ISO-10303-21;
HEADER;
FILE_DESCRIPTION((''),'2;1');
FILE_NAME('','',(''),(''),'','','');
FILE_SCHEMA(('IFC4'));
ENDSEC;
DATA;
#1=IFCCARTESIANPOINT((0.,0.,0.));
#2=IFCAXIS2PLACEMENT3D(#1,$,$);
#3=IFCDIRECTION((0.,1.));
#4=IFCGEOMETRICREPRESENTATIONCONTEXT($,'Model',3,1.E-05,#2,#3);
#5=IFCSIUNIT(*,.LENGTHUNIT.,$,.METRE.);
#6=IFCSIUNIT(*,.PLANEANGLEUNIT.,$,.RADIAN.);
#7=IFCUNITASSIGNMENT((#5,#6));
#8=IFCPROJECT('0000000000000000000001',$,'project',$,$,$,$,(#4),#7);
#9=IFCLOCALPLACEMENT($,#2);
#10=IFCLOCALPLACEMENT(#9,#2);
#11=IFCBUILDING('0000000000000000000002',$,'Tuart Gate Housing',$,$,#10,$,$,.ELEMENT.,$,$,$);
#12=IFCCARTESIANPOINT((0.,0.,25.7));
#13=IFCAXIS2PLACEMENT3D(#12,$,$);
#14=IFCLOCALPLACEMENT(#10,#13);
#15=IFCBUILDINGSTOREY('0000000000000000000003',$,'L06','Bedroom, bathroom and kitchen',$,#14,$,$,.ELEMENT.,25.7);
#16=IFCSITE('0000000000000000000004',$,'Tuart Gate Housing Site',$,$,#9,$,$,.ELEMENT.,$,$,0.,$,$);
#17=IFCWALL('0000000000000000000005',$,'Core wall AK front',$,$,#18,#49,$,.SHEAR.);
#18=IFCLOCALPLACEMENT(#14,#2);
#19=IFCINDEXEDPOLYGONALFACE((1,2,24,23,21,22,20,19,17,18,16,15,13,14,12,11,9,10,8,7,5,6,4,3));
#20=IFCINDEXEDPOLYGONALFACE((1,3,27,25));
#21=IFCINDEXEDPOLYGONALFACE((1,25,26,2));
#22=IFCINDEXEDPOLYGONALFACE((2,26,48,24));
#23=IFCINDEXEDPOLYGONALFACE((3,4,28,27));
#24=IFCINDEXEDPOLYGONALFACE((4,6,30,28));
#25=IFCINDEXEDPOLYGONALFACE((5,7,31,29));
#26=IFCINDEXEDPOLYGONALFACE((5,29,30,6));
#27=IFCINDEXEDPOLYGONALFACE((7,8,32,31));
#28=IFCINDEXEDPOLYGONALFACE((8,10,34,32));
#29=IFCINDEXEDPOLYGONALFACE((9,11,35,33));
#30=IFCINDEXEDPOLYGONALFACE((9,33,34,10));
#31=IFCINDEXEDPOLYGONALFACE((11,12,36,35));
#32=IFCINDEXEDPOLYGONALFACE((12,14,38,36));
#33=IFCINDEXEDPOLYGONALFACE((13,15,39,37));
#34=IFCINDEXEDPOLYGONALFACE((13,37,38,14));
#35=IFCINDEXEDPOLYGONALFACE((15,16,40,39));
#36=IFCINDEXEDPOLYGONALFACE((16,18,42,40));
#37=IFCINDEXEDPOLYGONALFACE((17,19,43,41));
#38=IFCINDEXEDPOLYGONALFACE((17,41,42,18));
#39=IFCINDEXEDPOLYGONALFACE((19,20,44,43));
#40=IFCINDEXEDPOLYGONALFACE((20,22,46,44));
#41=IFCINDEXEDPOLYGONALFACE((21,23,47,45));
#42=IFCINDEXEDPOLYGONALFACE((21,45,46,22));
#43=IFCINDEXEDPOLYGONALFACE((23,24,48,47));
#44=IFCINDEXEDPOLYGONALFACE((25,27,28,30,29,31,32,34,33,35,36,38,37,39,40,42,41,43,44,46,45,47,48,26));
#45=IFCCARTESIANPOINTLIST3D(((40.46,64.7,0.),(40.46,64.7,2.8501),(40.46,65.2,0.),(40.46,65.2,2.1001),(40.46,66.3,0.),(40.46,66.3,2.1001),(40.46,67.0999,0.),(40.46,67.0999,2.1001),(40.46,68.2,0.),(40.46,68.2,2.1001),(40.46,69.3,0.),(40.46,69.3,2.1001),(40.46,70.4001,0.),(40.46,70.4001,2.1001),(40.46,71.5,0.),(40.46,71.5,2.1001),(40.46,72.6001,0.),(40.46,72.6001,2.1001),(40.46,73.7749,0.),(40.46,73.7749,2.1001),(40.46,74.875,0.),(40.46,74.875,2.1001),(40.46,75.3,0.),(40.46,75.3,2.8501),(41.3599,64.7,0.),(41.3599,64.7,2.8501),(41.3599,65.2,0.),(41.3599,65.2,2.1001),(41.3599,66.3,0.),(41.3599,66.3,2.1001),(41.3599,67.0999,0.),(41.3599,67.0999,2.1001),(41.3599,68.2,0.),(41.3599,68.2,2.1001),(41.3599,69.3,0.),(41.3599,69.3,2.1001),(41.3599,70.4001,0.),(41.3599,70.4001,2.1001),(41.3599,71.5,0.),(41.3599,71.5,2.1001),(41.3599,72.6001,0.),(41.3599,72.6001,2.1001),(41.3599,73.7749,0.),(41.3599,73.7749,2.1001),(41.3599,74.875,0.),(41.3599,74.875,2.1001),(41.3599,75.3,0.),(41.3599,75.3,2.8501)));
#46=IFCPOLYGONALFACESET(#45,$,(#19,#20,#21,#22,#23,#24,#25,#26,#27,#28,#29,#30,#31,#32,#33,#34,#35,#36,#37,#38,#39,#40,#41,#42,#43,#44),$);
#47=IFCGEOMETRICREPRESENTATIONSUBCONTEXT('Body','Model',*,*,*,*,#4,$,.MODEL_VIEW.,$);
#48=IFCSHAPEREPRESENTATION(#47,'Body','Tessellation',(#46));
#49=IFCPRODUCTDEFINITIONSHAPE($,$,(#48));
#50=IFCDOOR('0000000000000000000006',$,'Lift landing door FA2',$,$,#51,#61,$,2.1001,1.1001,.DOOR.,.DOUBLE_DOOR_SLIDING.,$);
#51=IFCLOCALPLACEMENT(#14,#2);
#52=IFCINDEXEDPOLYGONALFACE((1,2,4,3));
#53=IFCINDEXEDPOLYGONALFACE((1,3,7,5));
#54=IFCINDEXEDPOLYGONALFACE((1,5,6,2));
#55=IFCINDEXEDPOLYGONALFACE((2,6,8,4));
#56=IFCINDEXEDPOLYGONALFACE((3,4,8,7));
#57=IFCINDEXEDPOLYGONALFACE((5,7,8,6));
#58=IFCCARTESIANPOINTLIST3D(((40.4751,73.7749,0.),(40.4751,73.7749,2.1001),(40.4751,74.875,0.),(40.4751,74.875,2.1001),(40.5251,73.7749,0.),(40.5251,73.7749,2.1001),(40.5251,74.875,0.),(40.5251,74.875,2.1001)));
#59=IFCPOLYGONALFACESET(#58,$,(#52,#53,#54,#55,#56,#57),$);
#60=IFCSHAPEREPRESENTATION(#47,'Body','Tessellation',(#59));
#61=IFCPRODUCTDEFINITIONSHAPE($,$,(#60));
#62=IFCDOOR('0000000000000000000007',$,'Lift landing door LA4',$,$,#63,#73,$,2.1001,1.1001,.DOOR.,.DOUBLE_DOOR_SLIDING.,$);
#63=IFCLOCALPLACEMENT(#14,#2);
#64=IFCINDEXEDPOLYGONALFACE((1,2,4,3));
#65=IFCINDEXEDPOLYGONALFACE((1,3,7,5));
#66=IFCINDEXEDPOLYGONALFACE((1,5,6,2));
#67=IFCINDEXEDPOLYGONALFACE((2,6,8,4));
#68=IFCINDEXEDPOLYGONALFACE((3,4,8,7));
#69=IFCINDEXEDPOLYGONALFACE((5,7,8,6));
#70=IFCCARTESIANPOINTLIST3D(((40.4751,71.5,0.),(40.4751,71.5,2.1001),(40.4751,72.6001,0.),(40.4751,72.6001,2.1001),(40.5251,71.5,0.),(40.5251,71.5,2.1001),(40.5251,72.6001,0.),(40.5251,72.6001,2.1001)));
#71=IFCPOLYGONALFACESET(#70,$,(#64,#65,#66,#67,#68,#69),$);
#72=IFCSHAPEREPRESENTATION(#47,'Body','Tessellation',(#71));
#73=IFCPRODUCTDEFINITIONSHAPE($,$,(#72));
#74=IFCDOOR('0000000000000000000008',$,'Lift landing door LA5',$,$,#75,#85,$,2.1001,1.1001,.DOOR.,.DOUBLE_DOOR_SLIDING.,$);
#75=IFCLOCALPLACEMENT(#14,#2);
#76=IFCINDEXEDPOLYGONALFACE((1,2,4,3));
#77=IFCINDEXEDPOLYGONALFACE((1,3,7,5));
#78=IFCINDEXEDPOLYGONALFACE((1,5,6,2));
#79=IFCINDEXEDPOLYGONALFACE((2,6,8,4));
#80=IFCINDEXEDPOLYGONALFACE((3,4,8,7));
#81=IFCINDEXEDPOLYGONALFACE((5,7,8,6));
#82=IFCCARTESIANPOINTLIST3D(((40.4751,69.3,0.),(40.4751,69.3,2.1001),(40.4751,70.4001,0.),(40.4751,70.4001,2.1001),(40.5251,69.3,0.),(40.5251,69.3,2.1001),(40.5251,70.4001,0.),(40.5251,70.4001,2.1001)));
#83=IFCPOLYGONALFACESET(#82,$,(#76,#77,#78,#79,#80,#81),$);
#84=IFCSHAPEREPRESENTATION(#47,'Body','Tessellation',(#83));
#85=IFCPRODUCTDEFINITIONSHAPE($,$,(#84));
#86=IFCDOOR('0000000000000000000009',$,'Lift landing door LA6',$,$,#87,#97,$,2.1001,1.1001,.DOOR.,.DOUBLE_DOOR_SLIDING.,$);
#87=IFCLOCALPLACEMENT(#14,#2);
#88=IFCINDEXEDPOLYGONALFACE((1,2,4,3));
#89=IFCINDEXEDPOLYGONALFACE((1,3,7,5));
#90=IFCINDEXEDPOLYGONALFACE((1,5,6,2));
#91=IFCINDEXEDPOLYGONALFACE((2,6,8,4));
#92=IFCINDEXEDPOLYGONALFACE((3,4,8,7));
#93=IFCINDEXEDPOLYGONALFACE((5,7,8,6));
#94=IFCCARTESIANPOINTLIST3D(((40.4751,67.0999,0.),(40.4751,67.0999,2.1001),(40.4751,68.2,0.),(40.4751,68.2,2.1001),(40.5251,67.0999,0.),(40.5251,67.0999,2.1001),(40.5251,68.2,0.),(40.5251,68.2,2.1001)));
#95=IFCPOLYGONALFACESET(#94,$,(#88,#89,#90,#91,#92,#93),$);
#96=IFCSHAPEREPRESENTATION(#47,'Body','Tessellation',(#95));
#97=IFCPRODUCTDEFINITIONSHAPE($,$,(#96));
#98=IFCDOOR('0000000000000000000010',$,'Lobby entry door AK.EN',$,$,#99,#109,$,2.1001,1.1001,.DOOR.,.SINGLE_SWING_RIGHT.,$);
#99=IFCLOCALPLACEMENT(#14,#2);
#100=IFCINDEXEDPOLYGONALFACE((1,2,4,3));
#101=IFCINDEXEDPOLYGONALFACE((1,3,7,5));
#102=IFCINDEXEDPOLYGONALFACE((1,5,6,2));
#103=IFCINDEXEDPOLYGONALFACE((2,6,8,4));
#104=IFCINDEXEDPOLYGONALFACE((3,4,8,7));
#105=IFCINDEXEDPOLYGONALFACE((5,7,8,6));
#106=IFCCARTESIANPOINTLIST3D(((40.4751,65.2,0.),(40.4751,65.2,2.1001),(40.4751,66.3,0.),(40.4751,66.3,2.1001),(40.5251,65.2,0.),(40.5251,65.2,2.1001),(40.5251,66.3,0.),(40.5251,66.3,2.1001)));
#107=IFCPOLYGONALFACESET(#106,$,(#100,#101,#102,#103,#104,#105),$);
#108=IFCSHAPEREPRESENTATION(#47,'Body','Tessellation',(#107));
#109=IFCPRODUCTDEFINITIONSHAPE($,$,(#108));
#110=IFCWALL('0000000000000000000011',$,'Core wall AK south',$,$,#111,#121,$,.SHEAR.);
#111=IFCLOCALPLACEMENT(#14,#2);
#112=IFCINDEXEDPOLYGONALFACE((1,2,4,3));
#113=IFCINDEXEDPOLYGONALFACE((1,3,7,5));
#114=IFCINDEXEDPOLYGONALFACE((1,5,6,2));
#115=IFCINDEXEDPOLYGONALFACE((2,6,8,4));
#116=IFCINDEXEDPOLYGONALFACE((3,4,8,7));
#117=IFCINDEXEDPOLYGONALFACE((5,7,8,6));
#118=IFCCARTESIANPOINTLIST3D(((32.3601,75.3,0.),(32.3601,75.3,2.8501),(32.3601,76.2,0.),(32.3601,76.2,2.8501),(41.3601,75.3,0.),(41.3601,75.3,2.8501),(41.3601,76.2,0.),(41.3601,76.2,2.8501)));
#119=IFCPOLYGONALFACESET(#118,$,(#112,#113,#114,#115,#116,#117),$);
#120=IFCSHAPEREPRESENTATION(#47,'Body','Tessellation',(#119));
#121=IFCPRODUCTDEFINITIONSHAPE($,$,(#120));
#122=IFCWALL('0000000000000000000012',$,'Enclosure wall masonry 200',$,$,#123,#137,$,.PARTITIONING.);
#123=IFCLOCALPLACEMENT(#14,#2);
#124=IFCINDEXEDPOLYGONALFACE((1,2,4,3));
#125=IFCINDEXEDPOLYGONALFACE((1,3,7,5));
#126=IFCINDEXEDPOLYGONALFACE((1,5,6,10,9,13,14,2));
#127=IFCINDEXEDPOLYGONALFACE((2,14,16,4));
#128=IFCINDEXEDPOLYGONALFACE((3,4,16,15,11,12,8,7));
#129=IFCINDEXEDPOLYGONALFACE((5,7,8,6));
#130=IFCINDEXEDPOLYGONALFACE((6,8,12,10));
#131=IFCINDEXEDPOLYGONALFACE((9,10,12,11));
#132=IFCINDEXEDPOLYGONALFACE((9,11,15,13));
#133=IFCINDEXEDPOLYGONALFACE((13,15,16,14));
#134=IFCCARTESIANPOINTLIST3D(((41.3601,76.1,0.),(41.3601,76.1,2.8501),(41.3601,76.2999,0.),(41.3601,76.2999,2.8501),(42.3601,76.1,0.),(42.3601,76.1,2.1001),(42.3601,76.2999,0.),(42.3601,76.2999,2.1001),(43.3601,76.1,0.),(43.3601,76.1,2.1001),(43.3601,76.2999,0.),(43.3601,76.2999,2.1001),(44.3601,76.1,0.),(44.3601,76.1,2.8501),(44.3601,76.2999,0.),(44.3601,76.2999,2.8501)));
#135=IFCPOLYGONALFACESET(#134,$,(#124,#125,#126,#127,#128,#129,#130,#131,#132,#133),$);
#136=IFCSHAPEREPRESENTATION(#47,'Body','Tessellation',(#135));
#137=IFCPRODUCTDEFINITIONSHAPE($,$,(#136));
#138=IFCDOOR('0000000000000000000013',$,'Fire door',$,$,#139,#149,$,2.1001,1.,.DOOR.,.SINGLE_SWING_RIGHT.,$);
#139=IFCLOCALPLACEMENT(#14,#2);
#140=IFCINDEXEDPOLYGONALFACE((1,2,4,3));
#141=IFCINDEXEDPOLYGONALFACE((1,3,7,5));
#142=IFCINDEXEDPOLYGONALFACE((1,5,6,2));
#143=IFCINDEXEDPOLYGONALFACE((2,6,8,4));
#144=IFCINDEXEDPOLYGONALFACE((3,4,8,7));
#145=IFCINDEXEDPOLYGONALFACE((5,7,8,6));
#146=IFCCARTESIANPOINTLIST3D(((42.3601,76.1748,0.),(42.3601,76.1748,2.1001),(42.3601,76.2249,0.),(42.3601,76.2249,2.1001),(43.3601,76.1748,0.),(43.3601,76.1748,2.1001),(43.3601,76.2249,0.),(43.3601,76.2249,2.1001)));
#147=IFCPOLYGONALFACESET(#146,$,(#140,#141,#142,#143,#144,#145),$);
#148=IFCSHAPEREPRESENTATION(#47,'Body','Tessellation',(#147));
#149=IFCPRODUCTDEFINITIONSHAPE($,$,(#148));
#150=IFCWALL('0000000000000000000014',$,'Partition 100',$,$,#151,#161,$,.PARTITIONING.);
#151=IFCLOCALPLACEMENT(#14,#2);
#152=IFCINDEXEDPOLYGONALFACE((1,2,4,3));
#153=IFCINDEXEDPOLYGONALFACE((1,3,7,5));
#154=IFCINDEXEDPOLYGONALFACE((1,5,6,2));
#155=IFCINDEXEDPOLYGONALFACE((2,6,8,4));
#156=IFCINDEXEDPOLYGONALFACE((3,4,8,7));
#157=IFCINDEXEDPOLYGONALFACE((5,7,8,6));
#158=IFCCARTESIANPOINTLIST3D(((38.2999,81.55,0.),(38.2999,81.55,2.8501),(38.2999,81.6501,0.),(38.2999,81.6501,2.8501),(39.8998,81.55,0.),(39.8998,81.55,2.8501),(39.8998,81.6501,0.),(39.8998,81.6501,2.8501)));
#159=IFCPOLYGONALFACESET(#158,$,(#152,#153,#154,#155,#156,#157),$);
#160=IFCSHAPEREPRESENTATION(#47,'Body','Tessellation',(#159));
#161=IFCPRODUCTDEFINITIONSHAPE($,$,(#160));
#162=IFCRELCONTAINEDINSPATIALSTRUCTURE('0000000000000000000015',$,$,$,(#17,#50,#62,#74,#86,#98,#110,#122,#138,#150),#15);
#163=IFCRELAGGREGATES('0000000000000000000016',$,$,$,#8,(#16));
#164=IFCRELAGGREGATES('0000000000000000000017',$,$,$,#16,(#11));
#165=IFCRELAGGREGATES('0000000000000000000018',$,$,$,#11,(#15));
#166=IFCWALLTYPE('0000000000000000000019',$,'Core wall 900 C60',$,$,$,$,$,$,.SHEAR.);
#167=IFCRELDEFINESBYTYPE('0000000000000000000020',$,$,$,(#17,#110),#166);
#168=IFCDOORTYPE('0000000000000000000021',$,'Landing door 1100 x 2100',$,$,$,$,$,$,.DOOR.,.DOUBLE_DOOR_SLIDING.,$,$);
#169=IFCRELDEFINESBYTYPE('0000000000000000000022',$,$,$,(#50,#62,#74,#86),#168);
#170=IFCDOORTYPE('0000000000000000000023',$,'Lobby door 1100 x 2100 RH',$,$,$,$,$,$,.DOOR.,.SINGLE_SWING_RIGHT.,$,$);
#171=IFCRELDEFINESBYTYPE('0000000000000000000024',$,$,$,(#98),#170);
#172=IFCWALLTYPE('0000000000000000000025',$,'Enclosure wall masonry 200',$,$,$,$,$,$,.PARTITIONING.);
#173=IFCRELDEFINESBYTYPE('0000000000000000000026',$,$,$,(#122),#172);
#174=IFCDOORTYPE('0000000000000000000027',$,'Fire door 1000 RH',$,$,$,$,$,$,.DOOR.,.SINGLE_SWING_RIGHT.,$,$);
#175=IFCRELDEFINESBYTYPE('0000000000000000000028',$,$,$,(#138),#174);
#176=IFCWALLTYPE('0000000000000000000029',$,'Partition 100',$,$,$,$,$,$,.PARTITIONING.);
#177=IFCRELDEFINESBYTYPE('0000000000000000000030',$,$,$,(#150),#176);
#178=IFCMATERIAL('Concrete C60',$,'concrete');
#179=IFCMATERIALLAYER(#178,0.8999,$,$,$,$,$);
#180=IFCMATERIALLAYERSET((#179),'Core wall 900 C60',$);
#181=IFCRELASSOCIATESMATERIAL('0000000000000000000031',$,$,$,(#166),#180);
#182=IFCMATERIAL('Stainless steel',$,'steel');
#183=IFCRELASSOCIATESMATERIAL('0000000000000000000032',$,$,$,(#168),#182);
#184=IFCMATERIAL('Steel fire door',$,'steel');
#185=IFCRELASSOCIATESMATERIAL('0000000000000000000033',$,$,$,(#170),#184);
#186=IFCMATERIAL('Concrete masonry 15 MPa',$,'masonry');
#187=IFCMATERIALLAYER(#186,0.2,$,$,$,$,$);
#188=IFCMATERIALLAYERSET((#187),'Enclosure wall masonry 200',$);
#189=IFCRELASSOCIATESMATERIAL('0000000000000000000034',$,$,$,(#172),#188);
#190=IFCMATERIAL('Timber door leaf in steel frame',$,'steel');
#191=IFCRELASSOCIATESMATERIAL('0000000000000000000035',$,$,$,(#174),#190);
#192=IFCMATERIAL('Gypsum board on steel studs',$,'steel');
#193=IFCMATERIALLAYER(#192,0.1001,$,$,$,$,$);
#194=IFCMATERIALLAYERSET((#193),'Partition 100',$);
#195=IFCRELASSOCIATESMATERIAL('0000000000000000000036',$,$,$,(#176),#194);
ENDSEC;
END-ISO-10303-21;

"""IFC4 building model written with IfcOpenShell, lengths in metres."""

from ifc_helpers import new_model, si_unit, direction, frame, frame_2d, origin, place, context, subcontext, project, spatial, rectangle, extrude, material, layer, layer_set, type_object, element, fill, save


model = new_model("IFC4")

# Units and contexts
model_context = context("Model", 3, precision=1e-05, world=origin(), true_north=direction((0.0, 1.0)))
body_context = subcontext(model_context, "Body", "Model", "MODEL_VIEW")
ifc_project = project(units=[si_unit("LENGTHUNIT", "METRE"), si_unit("PLANEANGLEUNIT", "RADIAN")], contexts=[model_context])

# Site, building, storey
site_placement = place(None, origin())
site = spatial("IfcSite", under=ifc_project, at=site_placement, Name="Tuart Gate Housing Site", CompositionType="ELEMENT", RefElevation=0.0)
building_placement = place(site_placement, origin())
building = spatial("IfcBuilding", under=site, at=building_placement, Name="Tuart Gate Housing", CompositionType="ELEMENT")
storey_placement = place(building_placement, frame((0.0, 0.0, 25.7)))
storey = spatial("IfcBuildingStorey", under=building, at=storey_placement, Name="L06", Description="Bedroom, bathroom and kitchen", CompositionType="ELEMENT", Elevation=25.7)

# Wall, openings, doors
ifc_material_1 = material(Name="Concrete C60", Category="concrete")
ifc_layer_1 = layer(ifc_material_1, 0.8999)
ifc_layer_set_1 = layer_set([ifc_layer_1], Name="Core wall 900 C60")
wall_type_1 = type_object("IfcWallType", Name="Core wall 900 C60", PredefinedType="SHEAR", material=ifc_layer_set_1)
wall_1_placement = place(storey_placement, frame((40.9099, 75.3, 0.0), z_axis=(0.0, 0.0, 1.0), x_axis=(0.0, -1.0, 0.0)))
wall_1 = element("IfcWall", 1, at=wall_1_placement, inside=storey, type_object=wall_type_1, Name="Core wall AK front", PredefinedType="SHEAR", context=body_context, shape_type="SweptSolid", body=[
    extrude(rectangle(XDim=10.6001, YDim=0.8999, at=frame_2d((5.3, 0.0))), origin(), (0.0, 0.0, 1.0), 2.8501),
])
opening_1_placement = place(wall_1_placement, frame((0.425, 0.0, 0.0)))
opening_1 = element("IfcOpeningElement", 2, at=opening_1_placement, cuts=wall_1, PredefinedType="OPENING", context=body_context, shape_type="SweptSolid", body=[
    extrude(rectangle(XDim=1.1001, YDim=2.1001, at=frame_2d((0.55, 1.05))), frame((0.0, 0.46, 0.0), z_axis=(0.0, -1.0, 0.0), x_axis=(1.0, 0.0, 0.0)), (0.0, 0.0, 1.0), 0.9199),
])
opening_2_placement = place(wall_1_placement, frame((2.7, 0.0, 0.0)))
opening_2 = element("IfcOpeningElement", 3, at=opening_2_placement, cuts=wall_1, PredefinedType="OPENING", context=body_context, shape_type="SweptSolid", body=[
    extrude(rectangle(XDim=1.1001, YDim=2.1001, at=frame_2d((0.55, 1.05))), frame((0.0, 0.46, 0.0), z_axis=(0.0, -1.0, 0.0), x_axis=(1.0, 0.0, 0.0)), (0.0, 0.0, 1.0), 0.9199),
])
opening_3_placement = place(wall_1_placement, frame((4.8999, 0.0, 0.0)))
opening_3 = element("IfcOpeningElement", 4, at=opening_3_placement, cuts=wall_1, PredefinedType="OPENING", context=body_context, shape_type="SweptSolid", body=[
    extrude(rectangle(XDim=1.1001, YDim=2.1001, at=frame_2d((0.55, 1.05))), frame((0.0, 0.46, 0.0), z_axis=(0.0, -1.0, 0.0), x_axis=(1.0, 0.0, 0.0)), (0.0, 0.0, 1.0), 0.9199),
])
opening_4_placement = place(wall_1_placement, frame((7.1001, 0.0, 0.0)))
opening_4 = element("IfcOpeningElement", 5, at=opening_4_placement, cuts=wall_1, PredefinedType="OPENING", context=body_context, shape_type="SweptSolid", body=[
    extrude(rectangle(XDim=1.1001, YDim=2.1001, at=frame_2d((0.55, 1.05))), frame((0.0, 0.46, 0.0), z_axis=(0.0, -1.0, 0.0), x_axis=(1.0, 0.0, 0.0)), (0.0, 0.0, 1.0), 0.9199),
])
opening_5_placement = place(wall_1_placement, frame((9.0, 0.0, 0.0)))
opening_5 = element("IfcOpeningElement", 6, at=opening_5_placement, cuts=wall_1, PredefinedType="OPENING", context=body_context, shape_type="SweptSolid", body=[
    extrude(rectangle(XDim=1.1001, YDim=2.1001, at=frame_2d((0.55, 1.05))), frame((0.0, 0.46, 0.0), z_axis=(0.0, -1.0, 0.0), x_axis=(1.0, 0.0, 0.0)), (0.0, 0.0, 1.0), 0.9199),
])
ifc_material_2 = material(Name="Stainless steel", Category="steel")
door_type_1 = type_object("IfcDoorType", Name="Landing door 1100 x 2100", OperationType="DOUBLE_DOOR_SLIDING", PredefinedType="DOOR", material=ifc_material_2)
door_1_placement = place(opening_1_placement, origin())
door_1 = element("IfcDoor", 7, at=door_1_placement, inside=storey, type_object=door_type_1, Name="Lift landing door FA2", OperationType="DOUBLE_DOOR_SLIDING", OverallHeight=2.1001, OverallWidth=1.1001, PredefinedType="DOOR", context=body_context, shape_type="SweptSolid", body=[
    extrude(rectangle(XDim=1.1001, YDim=2.1001, at=frame_2d((0.55, 1.05))), frame((0.0, -0.3848, 0.0), z_axis=(0.0, -1.0, 0.0), x_axis=(1.0, 0.0, 0.0)), (0.0, 0.0, 1.0), 0.05),
])
fill(opening_1, door_1)
door_2_placement = place(opening_2_placement, origin())
door_2 = element("IfcDoor", 8, at=door_2_placement, inside=storey, type_object=door_type_1, Name="Lift landing door LA4", OperationType="DOUBLE_DOOR_SLIDING", OverallHeight=2.1001, OverallWidth=1.1001, PredefinedType="DOOR", context=body_context, shape_type="SweptSolid", body=[
    extrude(rectangle(XDim=1.1001, YDim=2.1001, at=frame_2d((0.55, 1.05))), frame((0.0, -0.3848, 0.0), z_axis=(0.0, -1.0, 0.0), x_axis=(1.0, 0.0, 0.0)), (0.0, 0.0, 1.0), 0.05),
])
fill(opening_2, door_2)
door_3_placement = place(opening_3_placement, origin())
door_3 = element("IfcDoor", 9, at=door_3_placement, inside=storey, type_object=door_type_1, Name="Lift landing door LA5", OperationType="DOUBLE_DOOR_SLIDING", OverallHeight=2.1001, OverallWidth=1.1001, PredefinedType="DOOR", context=body_context, shape_type="SweptSolid", body=[
    extrude(rectangle(XDim=1.1001, YDim=2.1001, at=frame_2d((0.55, 1.05))), frame((0.0, -0.3848, 0.0), z_axis=(0.0, -1.0, 0.0), x_axis=(1.0, 0.0, 0.0)), (0.0, 0.0, 1.0), 0.05),
])
fill(opening_3, door_3)
door_4_placement = place(opening_4_placement, origin())
door_4 = element("IfcDoor", 10, at=door_4_placement, inside=storey, type_object=door_type_1, Name="Lift landing door LA6", OperationType="DOUBLE_DOOR_SLIDING", OverallHeight=2.1001, OverallWidth=1.1001, PredefinedType="DOOR", context=body_context, shape_type="SweptSolid", body=[
    extrude(rectangle(XDim=1.1001, YDim=2.1001, at=frame_2d((0.55, 1.05))), frame((0.0, -0.3848, 0.0), z_axis=(0.0, -1.0, 0.0), x_axis=(1.0, 0.0, 0.0)), (0.0, 0.0, 1.0), 0.05),
])
fill(opening_4, door_4)
ifc_material_3 = material(Name="Steel fire door", Category="steel")
door_type_2 = type_object("IfcDoorType", Name="Lobby door 1100 x 2100 RH", OperationType="SINGLE_SWING_RIGHT", PredefinedType="DOOR", material=ifc_material_3)
door_5_placement = place(opening_5_placement, frame((1.1001, 0.0, 0.0), z_axis=(0.0, 0.0, 1.0), x_axis=(-1.0, 0.0, 0.0)))
door_5 = element("IfcDoor", 11, at=door_5_placement, inside=storey, type_object=door_type_2, Name="Lobby entry door AK.EN", OperationType="SINGLE_SWING_RIGHT", OverallHeight=2.1001, OverallWidth=1.1001, PredefinedType="DOOR", context=body_context, shape_type="SweptSolid", body=[
    extrude(rectangle(XDim=1.1001, YDim=2.1001, at=frame_2d((0.55, 1.05))), frame((0.0, 0.4348, 0.0), z_axis=(0.0, -1.0, 0.0), x_axis=(1.0, 0.0, 0.0)), (0.0, 0.0, 1.0), 0.05),
])
fill(opening_5, door_5)

# Wall
wall_2_placement = place(storey_placement, frame((41.3601, 75.75, 0.0), z_axis=(0.0, 0.0, 1.0), x_axis=(-1.0, 0.0, 0.0)))
element("IfcWall", 12, at=wall_2_placement, inside=storey, type_object=wall_type_1, Name="Core wall AK south", PredefinedType="SHEAR", context=body_context, shape_type="SweptSolid", body=[
    extrude(rectangle(XDim=9.0, YDim=0.8999, at=frame_2d((4.5, 0.0))), origin(), (0.0, 0.0, 1.0), 2.8501),
])

# Wall, opening, door
ifc_material_4 = material(Name="Concrete masonry 15 MPa", Category="masonry")
ifc_layer_2 = layer(ifc_material_4, 0.2)
ifc_layer_set_2 = layer_set([ifc_layer_2], Name="Enclosure wall masonry 200")
wall_type_2 = type_object("IfcWallType", Name="Enclosure wall masonry 200", PredefinedType="PARTITIONING", material=ifc_layer_set_2)
wall_3_placement = place(storey_placement, frame((41.3601, 76.2, 0.0), z_axis=(0.0, 0.0, 1.0), x_axis=(1.0, 0.0, 0.0)))
wall_3 = element("IfcWall", 13, at=wall_3_placement, inside=storey, type_object=wall_type_2, Name="Enclosure wall masonry 200", PredefinedType="PARTITIONING", context=body_context, shape_type="SweptSolid", body=[
    extrude(rectangle(XDim=3.0, YDim=0.2, at=frame_2d((1.5, 0.0))), origin(), (0.0, 0.0, 1.0), 2.8501),
])
opening_6_placement = place(wall_3_placement, frame((1.0, 0.0, 0.0)))
opening_6 = element("IfcOpeningElement", 14, at=opening_6_placement, cuts=wall_3, PredefinedType="OPENING", context=body_context, shape_type="SweptSolid", body=[
    extrude(rectangle(XDim=1.0, YDim=2.1001, at=frame_2d((0.5, 1.05))), frame((0.0, 0.1099, 0.0), z_axis=(0.0, -1.0, 0.0), x_axis=(1.0, 0.0, 0.0)), (0.0, 0.0, 1.0), 0.22),
])
ifc_material_5 = material(Name="Timber door leaf in steel frame", Category="steel")
door_type_3 = type_object("IfcDoorType", Name="Fire door 1000 RH", OperationType="SINGLE_SWING_RIGHT", PredefinedType="DOOR", material=ifc_material_5)
door_6_placement = place(opening_6_placement, origin())
door_6 = element("IfcDoor", 15, at=door_6_placement, inside=storey, type_object=door_type_3, Name="Fire door", OperationType="SINGLE_SWING_RIGHT", OverallHeight=2.1001, OverallWidth=1.0, PredefinedType="DOOR", context=body_context, shape_type="SweptSolid", body=[
    extrude(rectangle(XDim=1.0, YDim=2.1001, at=frame_2d((0.5, 1.05))), frame((0.0, 0.0249, 0.0), z_axis=(0.0, -1.0, 0.0), x_axis=(1.0, 0.0, 0.0)), (0.0, 0.0, 1.0), 0.05),
])
fill(opening_6, door_6)

# Wall
ifc_material_6 = material(Name="Gypsum board on steel studs", Category="steel")
ifc_layer_3 = layer(ifc_material_6, 0.1001)
ifc_layer_set_3 = layer_set([ifc_layer_3], Name="Partition 100")
wall_type_3 = type_object("IfcWallType", Name="Partition 100", PredefinedType="PARTITIONING", material=ifc_layer_set_3)
wall_4_placement = place(storey_placement, frame((38.3, 81.6001, 0.0), z_axis=(0.0, 0.0, 1.0), x_axis=(1.0, 0.0, 0.0)))
element("IfcWall", 16, at=wall_4_placement, inside=storey, type_object=wall_type_3, Name="Partition 100", PredefinedType="PARTITIONING", context=body_context, shape_type="SweptSolid", body=[
    extrude(rectangle(XDim=1.5999, YDim=0.1001, at=frame_2d((0.7998, 0.0))), origin(), (0.0, 0.0, 1.0), 2.8501),
])

save(model, "model.ifc")
